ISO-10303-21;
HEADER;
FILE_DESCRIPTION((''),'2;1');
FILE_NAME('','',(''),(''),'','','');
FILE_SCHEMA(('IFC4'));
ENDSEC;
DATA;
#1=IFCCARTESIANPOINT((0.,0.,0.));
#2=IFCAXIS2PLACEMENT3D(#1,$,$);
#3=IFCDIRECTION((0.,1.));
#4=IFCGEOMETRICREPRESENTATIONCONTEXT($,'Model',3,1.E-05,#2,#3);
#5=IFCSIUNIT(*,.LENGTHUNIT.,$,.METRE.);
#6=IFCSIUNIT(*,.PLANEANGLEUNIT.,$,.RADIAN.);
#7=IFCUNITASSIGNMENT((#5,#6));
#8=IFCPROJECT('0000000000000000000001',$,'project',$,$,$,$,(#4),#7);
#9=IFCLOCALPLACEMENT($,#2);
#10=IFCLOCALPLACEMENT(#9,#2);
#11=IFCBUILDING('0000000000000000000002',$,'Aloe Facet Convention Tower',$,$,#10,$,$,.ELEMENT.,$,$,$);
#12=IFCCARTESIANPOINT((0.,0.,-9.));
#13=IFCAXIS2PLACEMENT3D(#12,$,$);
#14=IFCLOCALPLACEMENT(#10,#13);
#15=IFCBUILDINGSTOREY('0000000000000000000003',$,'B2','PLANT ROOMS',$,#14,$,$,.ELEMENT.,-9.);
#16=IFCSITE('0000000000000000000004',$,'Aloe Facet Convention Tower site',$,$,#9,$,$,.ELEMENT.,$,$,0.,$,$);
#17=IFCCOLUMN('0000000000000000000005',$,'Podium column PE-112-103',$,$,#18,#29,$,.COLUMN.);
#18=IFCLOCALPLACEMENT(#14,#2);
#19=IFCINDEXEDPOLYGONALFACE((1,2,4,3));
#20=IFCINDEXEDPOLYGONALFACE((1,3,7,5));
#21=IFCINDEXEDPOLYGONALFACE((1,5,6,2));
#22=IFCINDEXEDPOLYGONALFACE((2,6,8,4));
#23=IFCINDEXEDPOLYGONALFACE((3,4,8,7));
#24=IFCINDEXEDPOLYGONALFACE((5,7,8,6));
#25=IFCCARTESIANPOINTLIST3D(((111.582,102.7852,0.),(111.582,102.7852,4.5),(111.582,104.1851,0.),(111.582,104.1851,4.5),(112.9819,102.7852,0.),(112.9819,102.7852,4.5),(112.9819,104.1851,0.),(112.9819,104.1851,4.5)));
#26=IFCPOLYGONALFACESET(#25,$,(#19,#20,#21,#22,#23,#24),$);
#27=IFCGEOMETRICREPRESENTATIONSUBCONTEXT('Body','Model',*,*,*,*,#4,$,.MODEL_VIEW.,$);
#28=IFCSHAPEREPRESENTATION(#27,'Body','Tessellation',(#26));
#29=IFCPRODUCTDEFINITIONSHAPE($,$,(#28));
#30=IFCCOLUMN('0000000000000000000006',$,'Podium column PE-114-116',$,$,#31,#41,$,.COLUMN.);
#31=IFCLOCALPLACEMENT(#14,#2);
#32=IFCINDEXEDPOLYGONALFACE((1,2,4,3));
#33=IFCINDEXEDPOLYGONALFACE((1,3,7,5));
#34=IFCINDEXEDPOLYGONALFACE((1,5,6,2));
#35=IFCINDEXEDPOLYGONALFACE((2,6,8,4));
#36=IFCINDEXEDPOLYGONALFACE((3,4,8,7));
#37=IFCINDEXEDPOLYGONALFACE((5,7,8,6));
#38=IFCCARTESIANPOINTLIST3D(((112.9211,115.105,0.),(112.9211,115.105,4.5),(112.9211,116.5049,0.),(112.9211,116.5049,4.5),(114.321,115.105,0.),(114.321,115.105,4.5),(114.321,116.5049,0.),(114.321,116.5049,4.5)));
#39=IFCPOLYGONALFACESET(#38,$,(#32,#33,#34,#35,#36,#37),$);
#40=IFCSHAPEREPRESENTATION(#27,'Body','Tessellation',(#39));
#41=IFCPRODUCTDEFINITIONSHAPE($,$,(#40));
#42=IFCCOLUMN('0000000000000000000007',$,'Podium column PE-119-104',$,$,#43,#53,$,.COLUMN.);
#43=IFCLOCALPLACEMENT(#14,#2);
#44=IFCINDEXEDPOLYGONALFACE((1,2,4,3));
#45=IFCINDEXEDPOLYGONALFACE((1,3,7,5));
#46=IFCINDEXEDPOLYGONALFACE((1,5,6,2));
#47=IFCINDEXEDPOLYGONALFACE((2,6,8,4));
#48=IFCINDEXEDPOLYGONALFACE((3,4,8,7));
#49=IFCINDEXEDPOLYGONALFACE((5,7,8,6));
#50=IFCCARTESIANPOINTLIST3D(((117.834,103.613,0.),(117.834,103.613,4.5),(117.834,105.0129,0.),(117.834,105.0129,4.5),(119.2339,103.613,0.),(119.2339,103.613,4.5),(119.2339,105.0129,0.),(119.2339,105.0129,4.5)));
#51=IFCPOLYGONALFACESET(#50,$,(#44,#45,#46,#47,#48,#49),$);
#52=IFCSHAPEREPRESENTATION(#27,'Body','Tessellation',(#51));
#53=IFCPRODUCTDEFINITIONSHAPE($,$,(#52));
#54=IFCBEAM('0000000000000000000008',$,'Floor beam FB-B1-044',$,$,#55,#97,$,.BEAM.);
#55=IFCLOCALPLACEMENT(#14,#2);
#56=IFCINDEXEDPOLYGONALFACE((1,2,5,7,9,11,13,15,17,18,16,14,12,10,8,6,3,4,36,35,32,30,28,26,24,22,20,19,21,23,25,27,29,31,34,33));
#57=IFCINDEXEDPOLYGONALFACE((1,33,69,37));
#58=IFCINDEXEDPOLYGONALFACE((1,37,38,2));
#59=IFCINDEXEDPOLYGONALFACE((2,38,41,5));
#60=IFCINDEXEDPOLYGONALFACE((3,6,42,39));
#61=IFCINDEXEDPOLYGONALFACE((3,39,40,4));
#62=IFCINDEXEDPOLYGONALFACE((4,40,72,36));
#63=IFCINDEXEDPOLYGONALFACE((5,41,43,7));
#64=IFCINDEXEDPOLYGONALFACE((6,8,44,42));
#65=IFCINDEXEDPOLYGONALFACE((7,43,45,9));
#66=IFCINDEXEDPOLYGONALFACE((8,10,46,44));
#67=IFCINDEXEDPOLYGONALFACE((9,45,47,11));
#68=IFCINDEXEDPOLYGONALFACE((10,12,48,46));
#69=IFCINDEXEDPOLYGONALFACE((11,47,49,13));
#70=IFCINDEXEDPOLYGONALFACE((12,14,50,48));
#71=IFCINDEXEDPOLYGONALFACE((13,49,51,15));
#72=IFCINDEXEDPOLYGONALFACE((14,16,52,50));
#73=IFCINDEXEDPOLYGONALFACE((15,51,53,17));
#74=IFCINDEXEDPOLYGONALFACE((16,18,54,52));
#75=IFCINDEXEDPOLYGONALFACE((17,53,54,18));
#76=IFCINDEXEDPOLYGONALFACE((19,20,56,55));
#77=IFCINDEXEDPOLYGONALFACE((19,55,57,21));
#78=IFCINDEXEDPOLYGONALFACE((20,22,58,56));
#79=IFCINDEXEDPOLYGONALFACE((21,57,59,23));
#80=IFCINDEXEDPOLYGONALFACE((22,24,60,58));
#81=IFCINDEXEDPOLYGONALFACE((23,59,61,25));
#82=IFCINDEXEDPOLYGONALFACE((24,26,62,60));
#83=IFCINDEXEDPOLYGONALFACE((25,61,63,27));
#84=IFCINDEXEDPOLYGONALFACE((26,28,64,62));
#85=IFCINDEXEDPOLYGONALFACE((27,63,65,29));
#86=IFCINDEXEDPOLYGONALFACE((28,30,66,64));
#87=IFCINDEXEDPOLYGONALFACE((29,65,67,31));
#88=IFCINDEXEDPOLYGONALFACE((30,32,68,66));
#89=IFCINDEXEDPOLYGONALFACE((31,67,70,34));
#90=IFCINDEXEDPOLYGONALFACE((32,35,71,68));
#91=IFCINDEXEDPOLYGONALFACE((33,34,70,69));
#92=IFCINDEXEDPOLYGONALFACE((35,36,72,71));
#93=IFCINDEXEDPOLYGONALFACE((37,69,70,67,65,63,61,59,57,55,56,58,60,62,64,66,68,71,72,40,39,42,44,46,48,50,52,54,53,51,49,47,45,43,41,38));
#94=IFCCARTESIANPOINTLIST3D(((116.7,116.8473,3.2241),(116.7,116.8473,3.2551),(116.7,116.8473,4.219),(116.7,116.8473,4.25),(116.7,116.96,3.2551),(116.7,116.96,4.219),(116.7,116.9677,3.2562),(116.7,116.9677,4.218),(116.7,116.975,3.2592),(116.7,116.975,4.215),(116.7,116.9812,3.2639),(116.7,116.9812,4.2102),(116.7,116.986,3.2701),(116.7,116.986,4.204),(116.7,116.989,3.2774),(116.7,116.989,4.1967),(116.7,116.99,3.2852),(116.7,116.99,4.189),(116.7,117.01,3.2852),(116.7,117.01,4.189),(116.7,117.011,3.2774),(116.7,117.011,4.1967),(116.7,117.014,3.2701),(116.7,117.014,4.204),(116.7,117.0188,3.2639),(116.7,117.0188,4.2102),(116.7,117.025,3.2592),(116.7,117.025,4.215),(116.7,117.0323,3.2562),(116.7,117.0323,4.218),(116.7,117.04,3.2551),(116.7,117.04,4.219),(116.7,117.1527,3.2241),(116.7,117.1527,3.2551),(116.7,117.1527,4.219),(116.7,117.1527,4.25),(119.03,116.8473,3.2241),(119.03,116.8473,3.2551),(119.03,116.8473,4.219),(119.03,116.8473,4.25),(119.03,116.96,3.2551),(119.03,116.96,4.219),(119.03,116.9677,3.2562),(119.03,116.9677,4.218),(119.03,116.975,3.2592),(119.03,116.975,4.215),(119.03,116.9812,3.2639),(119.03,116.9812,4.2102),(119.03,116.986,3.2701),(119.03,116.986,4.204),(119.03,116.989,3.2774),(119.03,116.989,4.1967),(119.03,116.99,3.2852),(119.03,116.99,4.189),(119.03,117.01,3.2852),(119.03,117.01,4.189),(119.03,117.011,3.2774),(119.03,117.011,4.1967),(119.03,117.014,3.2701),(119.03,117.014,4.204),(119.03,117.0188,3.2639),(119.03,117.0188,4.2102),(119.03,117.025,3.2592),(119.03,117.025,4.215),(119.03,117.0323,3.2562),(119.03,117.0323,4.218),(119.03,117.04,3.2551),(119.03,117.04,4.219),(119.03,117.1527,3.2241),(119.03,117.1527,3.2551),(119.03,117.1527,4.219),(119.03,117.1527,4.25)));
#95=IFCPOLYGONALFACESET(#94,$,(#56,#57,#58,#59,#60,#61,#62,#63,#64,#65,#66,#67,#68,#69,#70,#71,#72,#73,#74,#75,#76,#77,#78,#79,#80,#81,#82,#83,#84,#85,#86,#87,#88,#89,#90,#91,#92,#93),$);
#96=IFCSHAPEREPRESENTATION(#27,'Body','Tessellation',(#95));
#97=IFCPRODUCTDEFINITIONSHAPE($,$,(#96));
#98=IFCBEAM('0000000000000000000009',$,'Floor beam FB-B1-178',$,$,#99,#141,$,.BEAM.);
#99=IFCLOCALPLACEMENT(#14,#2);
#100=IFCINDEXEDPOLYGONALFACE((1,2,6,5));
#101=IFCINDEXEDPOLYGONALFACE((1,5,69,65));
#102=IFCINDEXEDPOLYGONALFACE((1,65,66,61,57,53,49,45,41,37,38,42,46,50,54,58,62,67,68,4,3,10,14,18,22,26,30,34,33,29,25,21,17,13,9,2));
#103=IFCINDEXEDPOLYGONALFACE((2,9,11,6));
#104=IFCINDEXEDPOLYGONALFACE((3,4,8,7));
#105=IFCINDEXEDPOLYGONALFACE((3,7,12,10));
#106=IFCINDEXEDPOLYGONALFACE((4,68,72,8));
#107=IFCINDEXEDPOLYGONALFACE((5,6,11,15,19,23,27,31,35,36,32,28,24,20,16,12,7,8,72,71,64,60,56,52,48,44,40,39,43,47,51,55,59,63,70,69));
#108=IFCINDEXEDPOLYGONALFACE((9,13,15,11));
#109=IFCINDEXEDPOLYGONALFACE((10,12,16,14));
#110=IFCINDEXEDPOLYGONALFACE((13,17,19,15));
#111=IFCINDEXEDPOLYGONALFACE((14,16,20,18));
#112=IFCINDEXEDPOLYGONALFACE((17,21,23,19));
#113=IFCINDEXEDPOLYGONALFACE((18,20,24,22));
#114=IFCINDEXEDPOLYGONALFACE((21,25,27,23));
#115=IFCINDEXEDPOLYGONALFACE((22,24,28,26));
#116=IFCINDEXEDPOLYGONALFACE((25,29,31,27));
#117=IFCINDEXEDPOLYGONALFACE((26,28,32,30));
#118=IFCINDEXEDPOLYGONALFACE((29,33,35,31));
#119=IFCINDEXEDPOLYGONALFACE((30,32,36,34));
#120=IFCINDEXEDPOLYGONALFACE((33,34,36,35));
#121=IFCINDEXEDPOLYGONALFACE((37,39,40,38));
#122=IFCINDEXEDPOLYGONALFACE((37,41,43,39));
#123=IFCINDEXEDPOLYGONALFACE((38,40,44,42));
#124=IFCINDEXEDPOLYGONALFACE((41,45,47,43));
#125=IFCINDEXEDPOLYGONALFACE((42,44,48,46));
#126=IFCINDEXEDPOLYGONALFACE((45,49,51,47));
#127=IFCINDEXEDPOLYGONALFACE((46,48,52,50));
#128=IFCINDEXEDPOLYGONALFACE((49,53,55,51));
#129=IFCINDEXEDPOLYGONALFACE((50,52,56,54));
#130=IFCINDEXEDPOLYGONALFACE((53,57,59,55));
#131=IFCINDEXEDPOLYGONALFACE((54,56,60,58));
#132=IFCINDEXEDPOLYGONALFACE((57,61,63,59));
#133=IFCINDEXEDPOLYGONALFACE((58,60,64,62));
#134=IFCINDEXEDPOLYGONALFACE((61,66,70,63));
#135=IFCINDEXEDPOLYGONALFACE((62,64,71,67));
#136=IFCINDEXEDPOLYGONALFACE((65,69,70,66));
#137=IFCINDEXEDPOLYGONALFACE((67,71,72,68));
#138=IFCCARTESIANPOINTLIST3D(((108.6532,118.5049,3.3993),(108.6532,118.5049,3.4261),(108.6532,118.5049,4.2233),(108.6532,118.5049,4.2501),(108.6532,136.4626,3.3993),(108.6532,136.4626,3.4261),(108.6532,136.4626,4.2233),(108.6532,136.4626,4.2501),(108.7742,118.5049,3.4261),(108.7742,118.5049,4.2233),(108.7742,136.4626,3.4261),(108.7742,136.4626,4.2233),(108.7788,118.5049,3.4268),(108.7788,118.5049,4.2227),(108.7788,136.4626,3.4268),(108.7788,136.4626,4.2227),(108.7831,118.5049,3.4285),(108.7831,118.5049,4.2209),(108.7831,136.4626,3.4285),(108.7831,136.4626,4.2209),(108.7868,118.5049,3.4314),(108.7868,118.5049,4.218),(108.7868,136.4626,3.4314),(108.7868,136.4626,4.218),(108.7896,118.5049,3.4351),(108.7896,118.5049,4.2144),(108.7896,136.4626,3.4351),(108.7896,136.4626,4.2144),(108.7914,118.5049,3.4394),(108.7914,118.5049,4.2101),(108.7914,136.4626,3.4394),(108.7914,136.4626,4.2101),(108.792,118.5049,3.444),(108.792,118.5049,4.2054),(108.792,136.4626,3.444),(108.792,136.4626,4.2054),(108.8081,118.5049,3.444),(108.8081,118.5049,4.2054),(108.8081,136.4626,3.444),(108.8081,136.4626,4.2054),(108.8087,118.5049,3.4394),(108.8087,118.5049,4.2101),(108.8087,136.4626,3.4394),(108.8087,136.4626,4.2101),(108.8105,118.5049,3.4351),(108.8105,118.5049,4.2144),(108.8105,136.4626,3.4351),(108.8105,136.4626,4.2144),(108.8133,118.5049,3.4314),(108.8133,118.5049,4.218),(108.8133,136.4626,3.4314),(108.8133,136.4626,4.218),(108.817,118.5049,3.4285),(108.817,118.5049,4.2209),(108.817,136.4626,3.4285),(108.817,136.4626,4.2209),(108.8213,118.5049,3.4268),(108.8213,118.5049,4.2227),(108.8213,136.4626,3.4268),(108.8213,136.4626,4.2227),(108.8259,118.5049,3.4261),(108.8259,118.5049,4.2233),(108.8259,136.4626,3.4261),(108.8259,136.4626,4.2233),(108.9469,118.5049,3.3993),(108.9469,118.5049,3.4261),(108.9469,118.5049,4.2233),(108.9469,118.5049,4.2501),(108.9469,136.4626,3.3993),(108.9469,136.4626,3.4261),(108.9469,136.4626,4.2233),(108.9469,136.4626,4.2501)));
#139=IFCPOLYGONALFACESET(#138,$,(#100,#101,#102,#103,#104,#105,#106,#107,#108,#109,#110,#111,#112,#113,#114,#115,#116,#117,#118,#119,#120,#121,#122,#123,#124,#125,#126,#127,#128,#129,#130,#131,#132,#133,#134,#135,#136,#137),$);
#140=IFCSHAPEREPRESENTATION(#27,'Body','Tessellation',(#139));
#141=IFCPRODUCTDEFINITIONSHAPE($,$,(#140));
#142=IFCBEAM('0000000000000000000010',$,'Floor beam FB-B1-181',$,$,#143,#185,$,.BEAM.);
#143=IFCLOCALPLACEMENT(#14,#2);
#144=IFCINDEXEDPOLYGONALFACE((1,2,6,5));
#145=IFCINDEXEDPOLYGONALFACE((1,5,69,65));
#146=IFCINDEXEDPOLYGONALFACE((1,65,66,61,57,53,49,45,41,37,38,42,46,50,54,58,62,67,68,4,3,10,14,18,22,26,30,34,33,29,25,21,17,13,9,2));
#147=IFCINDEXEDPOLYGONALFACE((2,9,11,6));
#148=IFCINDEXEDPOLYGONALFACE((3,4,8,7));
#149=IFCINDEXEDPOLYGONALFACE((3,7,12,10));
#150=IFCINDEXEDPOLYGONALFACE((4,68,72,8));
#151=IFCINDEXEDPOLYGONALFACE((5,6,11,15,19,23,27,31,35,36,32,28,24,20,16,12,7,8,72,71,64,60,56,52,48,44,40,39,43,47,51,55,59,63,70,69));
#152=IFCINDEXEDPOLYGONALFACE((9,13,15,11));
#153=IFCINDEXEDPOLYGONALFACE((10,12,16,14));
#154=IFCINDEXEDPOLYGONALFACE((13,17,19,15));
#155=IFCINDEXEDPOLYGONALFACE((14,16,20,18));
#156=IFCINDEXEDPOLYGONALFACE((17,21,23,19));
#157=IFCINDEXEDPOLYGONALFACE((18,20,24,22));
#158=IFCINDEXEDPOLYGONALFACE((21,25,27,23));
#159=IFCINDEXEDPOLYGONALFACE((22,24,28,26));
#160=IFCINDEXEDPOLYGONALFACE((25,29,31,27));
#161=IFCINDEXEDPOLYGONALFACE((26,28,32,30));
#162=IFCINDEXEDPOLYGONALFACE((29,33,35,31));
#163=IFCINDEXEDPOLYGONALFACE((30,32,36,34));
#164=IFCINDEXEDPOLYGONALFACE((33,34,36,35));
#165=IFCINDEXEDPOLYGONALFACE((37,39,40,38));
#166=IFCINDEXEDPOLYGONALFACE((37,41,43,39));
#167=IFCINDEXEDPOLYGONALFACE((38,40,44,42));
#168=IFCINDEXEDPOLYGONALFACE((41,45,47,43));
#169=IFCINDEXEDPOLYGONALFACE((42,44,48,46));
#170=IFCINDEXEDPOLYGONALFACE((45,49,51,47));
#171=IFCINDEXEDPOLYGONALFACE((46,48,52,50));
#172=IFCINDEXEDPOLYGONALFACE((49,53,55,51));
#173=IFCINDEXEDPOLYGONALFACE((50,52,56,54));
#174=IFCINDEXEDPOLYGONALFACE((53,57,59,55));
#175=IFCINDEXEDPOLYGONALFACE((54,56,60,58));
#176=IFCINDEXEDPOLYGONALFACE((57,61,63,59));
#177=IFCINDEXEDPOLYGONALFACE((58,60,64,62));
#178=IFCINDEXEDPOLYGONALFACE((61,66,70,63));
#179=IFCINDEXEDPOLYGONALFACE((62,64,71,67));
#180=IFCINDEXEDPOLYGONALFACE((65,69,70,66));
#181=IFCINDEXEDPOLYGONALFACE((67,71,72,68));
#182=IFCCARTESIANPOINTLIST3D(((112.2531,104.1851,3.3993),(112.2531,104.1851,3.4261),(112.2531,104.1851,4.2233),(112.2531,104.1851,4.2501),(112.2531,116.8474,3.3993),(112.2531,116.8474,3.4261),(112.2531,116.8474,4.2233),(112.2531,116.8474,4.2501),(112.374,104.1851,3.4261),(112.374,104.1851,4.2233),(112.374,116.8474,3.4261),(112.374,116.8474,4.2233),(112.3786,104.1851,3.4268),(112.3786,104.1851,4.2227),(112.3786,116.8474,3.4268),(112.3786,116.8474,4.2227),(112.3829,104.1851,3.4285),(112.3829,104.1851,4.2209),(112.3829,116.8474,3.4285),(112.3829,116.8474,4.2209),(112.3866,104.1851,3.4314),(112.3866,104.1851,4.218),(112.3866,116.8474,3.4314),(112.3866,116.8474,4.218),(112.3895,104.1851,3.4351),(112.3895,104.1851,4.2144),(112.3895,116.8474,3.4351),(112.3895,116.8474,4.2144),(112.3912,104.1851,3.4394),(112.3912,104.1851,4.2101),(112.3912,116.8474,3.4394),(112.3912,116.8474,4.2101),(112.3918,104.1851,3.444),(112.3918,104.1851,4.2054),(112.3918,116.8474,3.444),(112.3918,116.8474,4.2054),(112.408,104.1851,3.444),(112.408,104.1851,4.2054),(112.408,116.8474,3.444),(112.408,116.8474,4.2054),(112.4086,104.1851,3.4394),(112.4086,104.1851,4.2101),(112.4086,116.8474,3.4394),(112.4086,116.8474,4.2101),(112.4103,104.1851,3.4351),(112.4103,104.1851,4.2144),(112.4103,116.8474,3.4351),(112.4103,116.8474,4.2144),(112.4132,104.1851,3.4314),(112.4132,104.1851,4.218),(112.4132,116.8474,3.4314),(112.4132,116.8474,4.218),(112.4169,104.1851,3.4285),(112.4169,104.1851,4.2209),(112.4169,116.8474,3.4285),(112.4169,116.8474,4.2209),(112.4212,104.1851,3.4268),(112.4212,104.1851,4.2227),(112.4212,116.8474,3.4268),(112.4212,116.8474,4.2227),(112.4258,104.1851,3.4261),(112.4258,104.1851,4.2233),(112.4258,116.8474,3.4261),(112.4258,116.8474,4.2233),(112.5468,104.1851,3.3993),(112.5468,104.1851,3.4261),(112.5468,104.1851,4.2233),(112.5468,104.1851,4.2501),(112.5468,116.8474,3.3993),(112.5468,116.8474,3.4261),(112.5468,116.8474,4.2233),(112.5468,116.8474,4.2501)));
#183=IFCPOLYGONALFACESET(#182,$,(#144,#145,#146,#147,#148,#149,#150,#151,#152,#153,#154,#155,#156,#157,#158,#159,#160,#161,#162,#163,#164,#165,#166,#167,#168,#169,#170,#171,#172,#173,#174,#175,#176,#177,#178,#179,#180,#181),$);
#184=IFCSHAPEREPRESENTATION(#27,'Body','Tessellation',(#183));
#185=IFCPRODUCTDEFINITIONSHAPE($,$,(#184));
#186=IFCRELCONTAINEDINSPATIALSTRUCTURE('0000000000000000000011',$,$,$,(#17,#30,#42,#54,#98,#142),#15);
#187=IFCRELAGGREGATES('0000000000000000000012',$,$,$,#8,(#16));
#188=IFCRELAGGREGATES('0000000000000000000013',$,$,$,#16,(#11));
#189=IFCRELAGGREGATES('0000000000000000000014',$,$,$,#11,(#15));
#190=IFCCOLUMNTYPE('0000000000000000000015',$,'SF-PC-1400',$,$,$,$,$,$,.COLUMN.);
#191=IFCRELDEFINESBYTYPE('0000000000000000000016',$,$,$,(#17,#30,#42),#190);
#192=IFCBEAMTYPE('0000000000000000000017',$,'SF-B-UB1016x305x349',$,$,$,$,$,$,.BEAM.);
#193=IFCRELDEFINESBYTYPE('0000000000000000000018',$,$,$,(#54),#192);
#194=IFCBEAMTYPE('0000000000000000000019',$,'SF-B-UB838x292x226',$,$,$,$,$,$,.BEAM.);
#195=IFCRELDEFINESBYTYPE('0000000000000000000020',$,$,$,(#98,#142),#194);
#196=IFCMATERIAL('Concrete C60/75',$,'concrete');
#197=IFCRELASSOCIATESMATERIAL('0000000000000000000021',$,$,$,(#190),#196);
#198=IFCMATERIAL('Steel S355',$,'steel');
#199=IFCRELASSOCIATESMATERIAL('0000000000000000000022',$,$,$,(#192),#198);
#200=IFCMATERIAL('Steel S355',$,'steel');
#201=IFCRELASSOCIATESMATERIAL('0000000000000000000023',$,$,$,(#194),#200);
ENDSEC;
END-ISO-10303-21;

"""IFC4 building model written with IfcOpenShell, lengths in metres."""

from ifc_helpers import new_model, si_unit, direction, frame, origin, origin_2d, place, context, subcontext, project, spatial, rectangle, i_section, extrude, material, material_profile, profile_set, type_object, element, save


model = new_model("IFC4")

# Units and contexts
model_context = context("Model", 3, precision=1e-05, world=origin(), true_north=direction((0.0, 1.0)))
body_context = subcontext(model_context, "Body", "Model", "MODEL_VIEW")
ifc_project = project(units=[si_unit("LENGTHUNIT", "METRE"), si_unit("PLANEANGLEUNIT", "RADIAN")], contexts=[model_context])

# Site, building, storey
site_placement = place(None, origin())
site = spatial("IfcSite", under=ifc_project, at=site_placement, Name="Aloe Facet Convention Tower site", CompositionType="ELEMENT", RefElevation=0.0)
building_placement = place(site_placement, origin())
building = spatial("IfcBuilding", under=site, at=building_placement, Name="Aloe Facet Convention Tower", CompositionType="ELEMENT")
storey_placement = place(building_placement, frame((0.0, 0.0, -9.0)))
storey = spatial("IfcBuildingStorey", under=building, at=storey_placement, Name="B2", Description="PLANT ROOMS", CompositionType="ELEMENT", Elevation=-9.0)

# Columns
ifc_material_1 = material(Name="Concrete C60/75", Category="concrete")
ifc_material_profile_1 = material_profile(ifc_material_1, rectangle(XDim=1.3999, YDim=1.3999, at=origin_2d()), Name="SF-PC-1400")
ifc_profile_set_1 = profile_set([ifc_material_profile_1], Name="Concrete C60/75")
column_type = type_object("IfcColumnType", Name="SF-PC-1400", PredefinedType="COLUMN", material=ifc_profile_set_1)
for number, where, z_axis, x_axis, name in (
    (1, (112.282, 103.4851, 0.0), (0.0, 0.0, 1.0), (1.0, 0.0, 0.0), "Podium column PE-112-103"),
    (2, (113.6211, 115.8049, 0.0), (0.0, 0.0, 1.0), (1.0, 0.0, 0.0), "Podium column PE-114-116"),
    (3, (118.5339, 104.313, 0.0), (0.0, 0.0, 1.0), (1.0, 0.0, 0.0), "Podium column PE-119-104"),
):
    element("IfcColumn", number, at=place(storey_placement, frame(where, z_axis=z_axis, x_axis=x_axis)), inside=storey, type_object=column_type, Name=name, PredefinedType="COLUMN", context=body_context, shape_type="SweptSolid", body=[
        extrude(rectangle(XDim=1.3999, YDim=1.3999, at=origin_2d()), origin(), (0.0, 0.0, 1.0), 4.5),
    ])

# Beams
ifc_material_2 = material(Name="Steel S355", Category="steel")
ifc_material_profile_2 = material_profile(ifc_material_2, i_section(OverallWidth=0.3054, OverallDepth=1.0259, WebThickness=0.02, FlangeThickness=0.031, FilletRadius=0.03, at=origin_2d()), Name="UB 1016x305x349")
ifc_profile_set_2 = profile_set([ifc_material_profile_2], Name="Steel S355")
beam_type_1 = type_object("IfcBeamType", Name="SF-B-UB1016x305x349", PredefinedType="BEAM", material=ifc_profile_set_2)
beam_1_placement = place(storey_placement, frame((116.7, 117.0, 3.7371), z_axis=(1.0, 0.0, 0.0), x_axis=(0.0, 1.0, 0.0)))
element("IfcBeam", 4, at=beam_1_placement, inside=storey, type_object=beam_type_1, Name="Floor beam FB-B1-044", PredefinedType="BEAM", context=body_context, shape_type="SweptSolid", body=[
    extrude(i_section(OverallWidth=0.3054, OverallDepth=1.0259, WebThickness=0.02, FlangeThickness=0.031, FilletRadius=0.03, at=origin_2d()), origin(), (0.0, 0.0, 1.0), 2.3301),
])
ifc_material_3 = material(Name="Steel S355", Category="steel")
ifc_material_profile_3 = material_profile(ifc_material_3, i_section(OverallWidth=0.2937, OverallDepth=0.8508, WebThickness=0.0161, FlangeThickness=0.0269, FilletRadius=0.0178, at=origin_2d()), Name="UB 838x292x226")
ifc_profile_set_3 = profile_set([ifc_material_profile_3], Name="Steel S355")
beam_type_2 = type_object("IfcBeamType", Name="SF-B-UB838x292x226", PredefinedType="BEAM", material=ifc_profile_set_3)
beam_2_placement = place(storey_placement, frame((108.8, 118.5049, 3.8247), z_axis=(0.0, 1.0, 0.0), x_axis=(-1.0, 0.0, 0.0)))
element("IfcBeam", 5, at=beam_2_placement, inside=storey, type_object=beam_type_2, Name="Floor beam FB-B1-178", PredefinedType="BEAM", context=body_context, shape_type="SweptSolid", body=[
    extrude(i_section(OverallWidth=0.2937, OverallDepth=0.8508, WebThickness=0.0161, FlangeThickness=0.0269, FilletRadius=0.0178, at=origin_2d()), origin(), (0.0, 0.0, 1.0), 17.9578),
])
beam_3_placement = place(storey_placement, frame((112.3999, 104.1851, 3.8247), z_axis=(0.0, 1.0, 0.0), x_axis=(-1.0, 0.0, 0.0)))
element("IfcBeam", 6, at=beam_3_placement, inside=storey, type_object=beam_type_2, Name="Floor beam FB-B1-181", PredefinedType="BEAM", context=body_context, shape_type="SweptSolid", body=[
    extrude(i_section(OverallWidth=0.2937, OverallDepth=0.8508, WebThickness=0.0161, FlangeThickness=0.0269, FilletRadius=0.0178, at=origin_2d()), origin(), (0.0, 0.0, 1.0), 12.6624),
])

save(model, "model.ifc")
